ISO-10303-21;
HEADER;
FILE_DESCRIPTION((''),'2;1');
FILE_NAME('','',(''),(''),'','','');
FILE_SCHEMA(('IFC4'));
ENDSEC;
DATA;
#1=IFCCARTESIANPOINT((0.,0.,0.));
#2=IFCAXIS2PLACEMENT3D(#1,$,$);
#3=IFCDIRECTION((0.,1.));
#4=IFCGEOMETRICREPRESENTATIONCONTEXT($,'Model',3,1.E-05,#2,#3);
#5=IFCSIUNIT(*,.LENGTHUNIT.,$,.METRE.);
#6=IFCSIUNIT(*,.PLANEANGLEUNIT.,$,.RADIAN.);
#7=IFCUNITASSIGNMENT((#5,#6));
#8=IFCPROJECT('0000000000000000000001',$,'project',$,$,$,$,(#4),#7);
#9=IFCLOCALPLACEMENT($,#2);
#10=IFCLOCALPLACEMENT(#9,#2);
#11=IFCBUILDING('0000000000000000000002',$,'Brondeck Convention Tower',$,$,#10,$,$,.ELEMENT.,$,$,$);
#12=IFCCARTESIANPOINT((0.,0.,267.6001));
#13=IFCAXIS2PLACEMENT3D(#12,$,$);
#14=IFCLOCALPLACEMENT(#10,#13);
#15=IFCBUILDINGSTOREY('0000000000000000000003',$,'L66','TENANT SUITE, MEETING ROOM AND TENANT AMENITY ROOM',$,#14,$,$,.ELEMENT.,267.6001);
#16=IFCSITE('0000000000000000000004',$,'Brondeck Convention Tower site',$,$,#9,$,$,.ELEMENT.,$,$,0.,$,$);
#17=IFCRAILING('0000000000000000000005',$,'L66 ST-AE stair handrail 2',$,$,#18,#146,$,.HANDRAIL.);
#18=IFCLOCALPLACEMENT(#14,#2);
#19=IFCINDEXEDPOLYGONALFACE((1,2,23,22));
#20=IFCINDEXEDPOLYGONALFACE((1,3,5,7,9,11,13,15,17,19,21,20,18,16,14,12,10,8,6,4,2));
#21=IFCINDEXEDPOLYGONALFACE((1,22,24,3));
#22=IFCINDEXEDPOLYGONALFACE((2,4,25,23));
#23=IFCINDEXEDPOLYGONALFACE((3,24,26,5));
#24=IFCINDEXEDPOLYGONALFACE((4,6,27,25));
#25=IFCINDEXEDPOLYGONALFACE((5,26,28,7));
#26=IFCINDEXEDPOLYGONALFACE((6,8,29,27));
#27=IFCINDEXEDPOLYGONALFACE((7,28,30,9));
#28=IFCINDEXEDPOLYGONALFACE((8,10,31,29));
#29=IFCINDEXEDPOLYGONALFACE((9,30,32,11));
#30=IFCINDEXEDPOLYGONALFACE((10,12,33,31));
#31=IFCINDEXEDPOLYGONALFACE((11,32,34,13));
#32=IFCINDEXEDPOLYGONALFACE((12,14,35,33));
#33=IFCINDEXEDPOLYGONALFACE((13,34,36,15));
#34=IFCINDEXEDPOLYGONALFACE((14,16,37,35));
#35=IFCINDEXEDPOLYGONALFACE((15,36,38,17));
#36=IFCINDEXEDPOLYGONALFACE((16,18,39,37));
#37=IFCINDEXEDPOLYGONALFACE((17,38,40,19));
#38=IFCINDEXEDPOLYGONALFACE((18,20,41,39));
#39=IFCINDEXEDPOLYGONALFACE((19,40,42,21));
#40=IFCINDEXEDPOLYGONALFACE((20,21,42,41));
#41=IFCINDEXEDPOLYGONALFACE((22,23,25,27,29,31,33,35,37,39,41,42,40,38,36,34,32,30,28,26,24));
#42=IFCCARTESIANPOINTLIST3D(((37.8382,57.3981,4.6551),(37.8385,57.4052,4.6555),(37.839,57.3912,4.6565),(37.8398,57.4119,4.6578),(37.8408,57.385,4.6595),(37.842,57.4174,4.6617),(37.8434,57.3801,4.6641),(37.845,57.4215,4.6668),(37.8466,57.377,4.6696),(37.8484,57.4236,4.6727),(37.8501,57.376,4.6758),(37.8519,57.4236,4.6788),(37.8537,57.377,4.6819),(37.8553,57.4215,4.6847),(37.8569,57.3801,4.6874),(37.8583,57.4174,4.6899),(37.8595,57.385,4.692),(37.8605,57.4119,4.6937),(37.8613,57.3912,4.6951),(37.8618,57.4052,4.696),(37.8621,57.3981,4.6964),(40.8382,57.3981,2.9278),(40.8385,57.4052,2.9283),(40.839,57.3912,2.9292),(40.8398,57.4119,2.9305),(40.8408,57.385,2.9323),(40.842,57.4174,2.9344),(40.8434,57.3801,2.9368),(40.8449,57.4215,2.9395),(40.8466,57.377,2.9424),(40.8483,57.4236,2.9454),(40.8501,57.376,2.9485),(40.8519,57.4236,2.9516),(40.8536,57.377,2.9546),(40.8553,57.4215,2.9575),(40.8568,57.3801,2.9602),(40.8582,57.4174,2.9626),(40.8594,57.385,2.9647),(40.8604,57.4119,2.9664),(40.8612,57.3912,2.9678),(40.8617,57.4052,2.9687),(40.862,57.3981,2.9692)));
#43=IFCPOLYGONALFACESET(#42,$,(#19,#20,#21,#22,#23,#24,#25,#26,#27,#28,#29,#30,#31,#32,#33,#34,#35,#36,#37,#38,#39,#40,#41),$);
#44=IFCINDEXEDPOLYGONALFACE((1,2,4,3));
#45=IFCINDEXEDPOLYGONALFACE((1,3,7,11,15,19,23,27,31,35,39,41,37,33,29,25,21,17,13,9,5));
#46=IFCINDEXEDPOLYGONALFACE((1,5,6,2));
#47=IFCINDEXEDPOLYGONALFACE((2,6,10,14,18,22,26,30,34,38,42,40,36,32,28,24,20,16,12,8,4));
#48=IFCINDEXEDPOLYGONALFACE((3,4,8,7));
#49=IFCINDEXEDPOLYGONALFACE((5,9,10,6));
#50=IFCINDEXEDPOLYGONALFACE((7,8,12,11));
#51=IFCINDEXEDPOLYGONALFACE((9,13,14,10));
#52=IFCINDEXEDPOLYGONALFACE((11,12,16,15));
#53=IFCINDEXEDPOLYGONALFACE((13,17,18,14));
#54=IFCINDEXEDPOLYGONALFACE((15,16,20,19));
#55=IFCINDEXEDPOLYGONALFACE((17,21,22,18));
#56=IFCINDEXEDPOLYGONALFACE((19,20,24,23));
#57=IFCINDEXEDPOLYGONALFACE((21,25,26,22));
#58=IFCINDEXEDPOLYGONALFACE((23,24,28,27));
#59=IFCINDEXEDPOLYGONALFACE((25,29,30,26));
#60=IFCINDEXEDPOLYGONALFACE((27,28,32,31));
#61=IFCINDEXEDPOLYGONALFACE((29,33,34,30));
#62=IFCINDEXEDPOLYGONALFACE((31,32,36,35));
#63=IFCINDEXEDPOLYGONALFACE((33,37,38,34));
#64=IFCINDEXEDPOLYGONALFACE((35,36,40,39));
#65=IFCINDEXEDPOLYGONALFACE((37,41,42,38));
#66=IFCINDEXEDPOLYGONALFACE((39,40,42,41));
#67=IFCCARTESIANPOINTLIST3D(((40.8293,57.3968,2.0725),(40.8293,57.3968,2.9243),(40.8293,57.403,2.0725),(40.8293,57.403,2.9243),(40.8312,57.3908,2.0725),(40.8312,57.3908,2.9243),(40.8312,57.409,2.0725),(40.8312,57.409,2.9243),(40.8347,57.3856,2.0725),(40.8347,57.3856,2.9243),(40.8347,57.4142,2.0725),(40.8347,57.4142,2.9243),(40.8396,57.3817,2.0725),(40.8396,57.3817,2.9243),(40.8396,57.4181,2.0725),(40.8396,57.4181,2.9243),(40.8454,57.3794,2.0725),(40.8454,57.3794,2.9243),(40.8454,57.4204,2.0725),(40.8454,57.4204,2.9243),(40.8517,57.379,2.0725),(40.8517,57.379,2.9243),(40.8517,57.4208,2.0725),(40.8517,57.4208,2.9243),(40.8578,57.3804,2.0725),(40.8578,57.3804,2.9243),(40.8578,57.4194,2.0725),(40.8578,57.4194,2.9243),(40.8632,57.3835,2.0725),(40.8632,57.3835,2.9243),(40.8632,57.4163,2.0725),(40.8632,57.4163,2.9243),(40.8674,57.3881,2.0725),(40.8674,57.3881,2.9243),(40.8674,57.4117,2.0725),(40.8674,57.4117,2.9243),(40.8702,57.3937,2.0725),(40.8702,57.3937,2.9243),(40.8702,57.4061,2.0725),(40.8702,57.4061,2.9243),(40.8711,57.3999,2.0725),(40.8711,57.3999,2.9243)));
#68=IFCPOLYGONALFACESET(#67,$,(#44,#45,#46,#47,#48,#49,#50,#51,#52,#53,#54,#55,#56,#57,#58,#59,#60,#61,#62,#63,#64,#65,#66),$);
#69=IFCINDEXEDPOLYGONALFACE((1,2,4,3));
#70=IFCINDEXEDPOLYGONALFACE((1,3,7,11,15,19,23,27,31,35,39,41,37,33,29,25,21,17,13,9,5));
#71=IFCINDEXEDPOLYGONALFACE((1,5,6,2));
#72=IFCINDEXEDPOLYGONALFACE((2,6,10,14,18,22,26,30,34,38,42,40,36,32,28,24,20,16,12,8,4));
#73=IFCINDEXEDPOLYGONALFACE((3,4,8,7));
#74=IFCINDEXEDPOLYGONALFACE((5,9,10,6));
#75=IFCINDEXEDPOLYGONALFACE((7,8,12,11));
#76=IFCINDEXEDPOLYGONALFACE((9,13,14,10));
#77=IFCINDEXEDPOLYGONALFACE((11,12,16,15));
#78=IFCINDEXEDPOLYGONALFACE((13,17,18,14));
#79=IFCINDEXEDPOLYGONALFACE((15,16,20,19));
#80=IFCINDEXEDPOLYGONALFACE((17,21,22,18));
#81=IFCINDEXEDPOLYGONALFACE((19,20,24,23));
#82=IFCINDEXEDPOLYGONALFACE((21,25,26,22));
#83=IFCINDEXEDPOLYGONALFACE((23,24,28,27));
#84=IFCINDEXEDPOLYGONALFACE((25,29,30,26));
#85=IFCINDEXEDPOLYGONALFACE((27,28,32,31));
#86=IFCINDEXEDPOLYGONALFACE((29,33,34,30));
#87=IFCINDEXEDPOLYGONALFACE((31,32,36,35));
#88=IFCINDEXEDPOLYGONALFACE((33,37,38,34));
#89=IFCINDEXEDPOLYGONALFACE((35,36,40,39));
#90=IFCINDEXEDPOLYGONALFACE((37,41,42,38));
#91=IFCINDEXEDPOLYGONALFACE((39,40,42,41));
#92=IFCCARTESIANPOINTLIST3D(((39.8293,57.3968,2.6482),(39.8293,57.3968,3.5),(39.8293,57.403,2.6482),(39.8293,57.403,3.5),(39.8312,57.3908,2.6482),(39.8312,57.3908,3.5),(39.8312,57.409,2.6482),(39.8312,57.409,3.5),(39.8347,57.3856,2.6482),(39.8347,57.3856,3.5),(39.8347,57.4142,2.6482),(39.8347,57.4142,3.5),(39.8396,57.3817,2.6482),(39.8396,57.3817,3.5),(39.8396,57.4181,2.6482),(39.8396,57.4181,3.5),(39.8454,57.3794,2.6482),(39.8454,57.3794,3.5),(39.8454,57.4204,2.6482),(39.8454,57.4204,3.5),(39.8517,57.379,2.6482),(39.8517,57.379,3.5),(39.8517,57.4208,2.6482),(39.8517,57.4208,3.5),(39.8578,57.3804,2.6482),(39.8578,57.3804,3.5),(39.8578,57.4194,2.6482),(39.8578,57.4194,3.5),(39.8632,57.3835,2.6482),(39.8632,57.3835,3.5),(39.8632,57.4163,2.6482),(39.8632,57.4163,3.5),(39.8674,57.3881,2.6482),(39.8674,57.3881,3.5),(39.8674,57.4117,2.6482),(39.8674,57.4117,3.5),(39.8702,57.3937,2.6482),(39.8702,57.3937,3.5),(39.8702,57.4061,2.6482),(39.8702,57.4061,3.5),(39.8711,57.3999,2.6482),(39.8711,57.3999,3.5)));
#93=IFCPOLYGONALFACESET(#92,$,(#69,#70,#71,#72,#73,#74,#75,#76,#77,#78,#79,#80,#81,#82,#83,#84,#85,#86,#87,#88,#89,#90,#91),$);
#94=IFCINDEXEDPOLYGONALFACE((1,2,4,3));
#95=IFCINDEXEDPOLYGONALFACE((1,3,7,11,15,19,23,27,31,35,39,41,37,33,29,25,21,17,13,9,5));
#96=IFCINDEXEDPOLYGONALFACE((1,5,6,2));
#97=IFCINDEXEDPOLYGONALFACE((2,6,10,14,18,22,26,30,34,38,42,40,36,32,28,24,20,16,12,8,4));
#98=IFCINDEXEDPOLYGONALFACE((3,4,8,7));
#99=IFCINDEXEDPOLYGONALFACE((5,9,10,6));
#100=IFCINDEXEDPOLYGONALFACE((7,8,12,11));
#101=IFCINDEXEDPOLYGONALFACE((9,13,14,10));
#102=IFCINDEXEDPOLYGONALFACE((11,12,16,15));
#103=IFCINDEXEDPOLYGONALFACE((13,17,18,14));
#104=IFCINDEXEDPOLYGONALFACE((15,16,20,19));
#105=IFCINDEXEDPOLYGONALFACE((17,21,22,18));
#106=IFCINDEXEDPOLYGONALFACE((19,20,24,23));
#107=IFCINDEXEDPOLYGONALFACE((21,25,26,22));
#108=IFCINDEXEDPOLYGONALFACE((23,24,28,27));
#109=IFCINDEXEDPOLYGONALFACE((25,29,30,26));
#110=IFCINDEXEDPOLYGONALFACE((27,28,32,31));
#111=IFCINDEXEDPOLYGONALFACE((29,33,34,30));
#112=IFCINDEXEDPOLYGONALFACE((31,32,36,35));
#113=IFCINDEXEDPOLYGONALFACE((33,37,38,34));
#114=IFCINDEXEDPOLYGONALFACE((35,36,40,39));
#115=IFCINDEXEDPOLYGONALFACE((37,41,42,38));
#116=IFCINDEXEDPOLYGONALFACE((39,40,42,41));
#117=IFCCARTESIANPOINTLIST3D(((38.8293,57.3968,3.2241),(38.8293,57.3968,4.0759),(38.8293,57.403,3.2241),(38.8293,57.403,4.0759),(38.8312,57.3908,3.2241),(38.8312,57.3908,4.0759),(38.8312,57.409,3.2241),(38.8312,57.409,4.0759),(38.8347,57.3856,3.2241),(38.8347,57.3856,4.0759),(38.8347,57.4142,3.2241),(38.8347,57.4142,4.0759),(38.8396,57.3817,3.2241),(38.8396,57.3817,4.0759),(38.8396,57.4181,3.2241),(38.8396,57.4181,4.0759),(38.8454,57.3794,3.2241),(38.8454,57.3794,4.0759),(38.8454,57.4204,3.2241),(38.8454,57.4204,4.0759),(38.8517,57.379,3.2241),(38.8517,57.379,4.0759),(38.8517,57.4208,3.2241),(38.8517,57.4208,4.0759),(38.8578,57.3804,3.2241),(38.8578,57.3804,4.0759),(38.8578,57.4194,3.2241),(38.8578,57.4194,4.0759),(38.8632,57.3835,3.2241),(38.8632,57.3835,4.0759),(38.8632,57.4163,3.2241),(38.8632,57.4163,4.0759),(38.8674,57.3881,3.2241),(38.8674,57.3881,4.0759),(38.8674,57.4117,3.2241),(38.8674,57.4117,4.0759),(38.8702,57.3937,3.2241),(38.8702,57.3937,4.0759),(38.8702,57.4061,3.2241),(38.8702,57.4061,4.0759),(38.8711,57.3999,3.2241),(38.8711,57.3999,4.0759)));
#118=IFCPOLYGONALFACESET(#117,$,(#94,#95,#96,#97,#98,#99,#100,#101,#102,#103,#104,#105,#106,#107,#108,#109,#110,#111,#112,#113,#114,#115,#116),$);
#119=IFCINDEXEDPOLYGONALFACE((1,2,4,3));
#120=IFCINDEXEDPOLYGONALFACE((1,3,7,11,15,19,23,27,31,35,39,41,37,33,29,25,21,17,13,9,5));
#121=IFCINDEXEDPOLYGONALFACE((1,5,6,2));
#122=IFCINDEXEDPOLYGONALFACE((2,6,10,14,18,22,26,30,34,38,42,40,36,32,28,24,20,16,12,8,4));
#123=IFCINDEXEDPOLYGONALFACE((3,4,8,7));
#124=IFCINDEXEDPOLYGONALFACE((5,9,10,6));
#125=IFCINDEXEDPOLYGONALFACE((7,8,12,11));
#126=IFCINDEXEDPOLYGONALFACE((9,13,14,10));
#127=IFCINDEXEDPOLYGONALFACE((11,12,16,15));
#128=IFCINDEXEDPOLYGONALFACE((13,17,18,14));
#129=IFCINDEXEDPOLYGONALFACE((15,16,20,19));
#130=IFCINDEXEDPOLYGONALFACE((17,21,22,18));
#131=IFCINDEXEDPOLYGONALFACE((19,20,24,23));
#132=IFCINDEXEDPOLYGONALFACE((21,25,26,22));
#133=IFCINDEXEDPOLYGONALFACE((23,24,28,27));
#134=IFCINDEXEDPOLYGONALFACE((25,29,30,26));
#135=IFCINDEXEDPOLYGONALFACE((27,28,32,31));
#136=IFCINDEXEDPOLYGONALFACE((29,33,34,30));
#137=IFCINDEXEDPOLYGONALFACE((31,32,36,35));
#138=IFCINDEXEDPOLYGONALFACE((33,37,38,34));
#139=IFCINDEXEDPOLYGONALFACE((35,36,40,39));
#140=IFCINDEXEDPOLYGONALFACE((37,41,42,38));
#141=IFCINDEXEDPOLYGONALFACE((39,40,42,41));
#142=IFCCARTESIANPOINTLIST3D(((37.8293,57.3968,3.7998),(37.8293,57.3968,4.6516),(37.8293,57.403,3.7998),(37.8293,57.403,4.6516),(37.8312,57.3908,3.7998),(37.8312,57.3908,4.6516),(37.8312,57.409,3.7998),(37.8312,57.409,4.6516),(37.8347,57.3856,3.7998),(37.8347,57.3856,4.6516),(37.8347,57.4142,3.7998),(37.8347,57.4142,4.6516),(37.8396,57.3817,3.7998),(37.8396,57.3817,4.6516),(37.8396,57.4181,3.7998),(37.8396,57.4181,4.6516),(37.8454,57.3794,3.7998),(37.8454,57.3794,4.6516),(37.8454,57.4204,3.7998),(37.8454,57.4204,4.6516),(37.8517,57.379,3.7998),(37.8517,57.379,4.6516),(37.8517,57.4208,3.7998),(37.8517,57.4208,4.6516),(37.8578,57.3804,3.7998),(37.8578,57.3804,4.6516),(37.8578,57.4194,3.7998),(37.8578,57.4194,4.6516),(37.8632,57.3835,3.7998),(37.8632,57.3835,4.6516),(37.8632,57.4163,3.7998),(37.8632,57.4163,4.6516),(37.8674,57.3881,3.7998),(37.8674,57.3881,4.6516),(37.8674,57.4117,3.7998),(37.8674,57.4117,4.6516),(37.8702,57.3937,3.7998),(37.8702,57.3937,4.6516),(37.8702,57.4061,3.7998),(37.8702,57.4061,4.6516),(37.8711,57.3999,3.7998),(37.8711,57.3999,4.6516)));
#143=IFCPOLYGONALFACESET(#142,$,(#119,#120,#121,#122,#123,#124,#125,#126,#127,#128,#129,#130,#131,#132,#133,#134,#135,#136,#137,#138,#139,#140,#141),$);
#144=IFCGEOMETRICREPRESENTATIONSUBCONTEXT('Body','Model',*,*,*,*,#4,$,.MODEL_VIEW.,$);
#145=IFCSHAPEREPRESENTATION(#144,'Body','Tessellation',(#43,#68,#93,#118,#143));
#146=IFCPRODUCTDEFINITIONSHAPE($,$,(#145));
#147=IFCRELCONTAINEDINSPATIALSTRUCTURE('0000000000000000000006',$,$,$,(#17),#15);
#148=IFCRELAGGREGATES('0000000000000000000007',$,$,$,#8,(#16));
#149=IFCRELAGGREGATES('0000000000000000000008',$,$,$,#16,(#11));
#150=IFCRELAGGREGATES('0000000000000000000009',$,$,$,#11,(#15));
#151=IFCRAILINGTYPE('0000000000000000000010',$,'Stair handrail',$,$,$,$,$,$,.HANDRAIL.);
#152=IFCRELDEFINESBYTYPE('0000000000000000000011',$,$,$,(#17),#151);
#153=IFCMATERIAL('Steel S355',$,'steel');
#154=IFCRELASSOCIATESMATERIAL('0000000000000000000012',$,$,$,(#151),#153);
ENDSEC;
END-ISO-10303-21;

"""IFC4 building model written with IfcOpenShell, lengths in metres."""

from ifc_helpers import new_model, si_unit, direction, frame, origin, origin_2d, place, context, subcontext, project, spatial, circle, extrude, material, type_object, element, save


model = new_model("IFC4")

# Units and contexts
model_context = context("Model", 3, precision=1e-05, world=origin(), true_north=direction((0.0, 1.0)))
body_context = subcontext(model_context, "Body", "Model", "MODEL_VIEW")
ifc_project = project(units=[si_unit("LENGTHUNIT", "METRE"), si_unit("PLANEANGLEUNIT", "RADIAN")], contexts=[model_context])

# Site, building, storey
site_placement = place(None, origin())
site = spatial("IfcSite", under=ifc_project, at=site_placement, Name="Brondeck Convention Tower site", CompositionType="ELEMENT", RefElevation=0.0)
building_placement = place(site_placement, origin())
building = spatial("IfcBuilding", under=site, at=building_placement, Name="Brondeck Convention Tower", CompositionType="ELEMENT")
storey_placement = place(building_placement, frame((0.0, 0.0, 267.6001)))
storey = spatial("IfcBuildingStorey", under=building, at=storey_placement, Name="L66", Description="TENANT SUITE, MEETING ROOM AND TENANT AMENITY ROOM", CompositionType="ELEMENT", Elevation=267.6001)

# Shared definitions
ifc_material_1 = material(Name="Steel S355", Category="steel")

# Railing
railing_type_1 = type_object("IfcRailingType", Name="Stair handrail", PredefinedType="HANDRAIL", material=ifc_material_1)
railing_1_placement = place(storey_placement, frame((40.8501, 57.3999, 2.0725)))
element("IfcRailing", 1, at=railing_1_placement, inside=storey, type_object=railing_type_1, Name="L66 ST-AE stair handrail 2", PredefinedType="HANDRAIL", context=body_context, shape_type="SweptSolid", body=[
    extrude(circle(Radius=0.0239, at=origin_2d()), frame((0.0, 0.0, 0.876), z_axis=(-0.86662, 0.0, 0.498969), x_axis=(0.0, -1.0, 0.0)), (0.0, 0.0, 1.0), 3.4617),
    extrude(circle(Radius=0.021, at=origin_2d()), origin(), (0.0, 0.0, 1.0), 0.8518),
    extrude(circle(Radius=0.021, at=origin_2d()), frame((-1.0, 0.0, 0.5757)), (0.0, 0.0, 1.0), 0.8518),
    extrude(circle(Radius=0.021, at=origin_2d()), frame((-2.0, 0.0, 1.1516)), (0.0, 0.0, 1.0), 0.8518),
    extrude(circle(Radius=0.021, at=origin_2d()), frame((-3.0, 0.0, 1.7273)), (0.0, 0.0, 1.0), 0.8518),
])

save(model, "model.ifc")
